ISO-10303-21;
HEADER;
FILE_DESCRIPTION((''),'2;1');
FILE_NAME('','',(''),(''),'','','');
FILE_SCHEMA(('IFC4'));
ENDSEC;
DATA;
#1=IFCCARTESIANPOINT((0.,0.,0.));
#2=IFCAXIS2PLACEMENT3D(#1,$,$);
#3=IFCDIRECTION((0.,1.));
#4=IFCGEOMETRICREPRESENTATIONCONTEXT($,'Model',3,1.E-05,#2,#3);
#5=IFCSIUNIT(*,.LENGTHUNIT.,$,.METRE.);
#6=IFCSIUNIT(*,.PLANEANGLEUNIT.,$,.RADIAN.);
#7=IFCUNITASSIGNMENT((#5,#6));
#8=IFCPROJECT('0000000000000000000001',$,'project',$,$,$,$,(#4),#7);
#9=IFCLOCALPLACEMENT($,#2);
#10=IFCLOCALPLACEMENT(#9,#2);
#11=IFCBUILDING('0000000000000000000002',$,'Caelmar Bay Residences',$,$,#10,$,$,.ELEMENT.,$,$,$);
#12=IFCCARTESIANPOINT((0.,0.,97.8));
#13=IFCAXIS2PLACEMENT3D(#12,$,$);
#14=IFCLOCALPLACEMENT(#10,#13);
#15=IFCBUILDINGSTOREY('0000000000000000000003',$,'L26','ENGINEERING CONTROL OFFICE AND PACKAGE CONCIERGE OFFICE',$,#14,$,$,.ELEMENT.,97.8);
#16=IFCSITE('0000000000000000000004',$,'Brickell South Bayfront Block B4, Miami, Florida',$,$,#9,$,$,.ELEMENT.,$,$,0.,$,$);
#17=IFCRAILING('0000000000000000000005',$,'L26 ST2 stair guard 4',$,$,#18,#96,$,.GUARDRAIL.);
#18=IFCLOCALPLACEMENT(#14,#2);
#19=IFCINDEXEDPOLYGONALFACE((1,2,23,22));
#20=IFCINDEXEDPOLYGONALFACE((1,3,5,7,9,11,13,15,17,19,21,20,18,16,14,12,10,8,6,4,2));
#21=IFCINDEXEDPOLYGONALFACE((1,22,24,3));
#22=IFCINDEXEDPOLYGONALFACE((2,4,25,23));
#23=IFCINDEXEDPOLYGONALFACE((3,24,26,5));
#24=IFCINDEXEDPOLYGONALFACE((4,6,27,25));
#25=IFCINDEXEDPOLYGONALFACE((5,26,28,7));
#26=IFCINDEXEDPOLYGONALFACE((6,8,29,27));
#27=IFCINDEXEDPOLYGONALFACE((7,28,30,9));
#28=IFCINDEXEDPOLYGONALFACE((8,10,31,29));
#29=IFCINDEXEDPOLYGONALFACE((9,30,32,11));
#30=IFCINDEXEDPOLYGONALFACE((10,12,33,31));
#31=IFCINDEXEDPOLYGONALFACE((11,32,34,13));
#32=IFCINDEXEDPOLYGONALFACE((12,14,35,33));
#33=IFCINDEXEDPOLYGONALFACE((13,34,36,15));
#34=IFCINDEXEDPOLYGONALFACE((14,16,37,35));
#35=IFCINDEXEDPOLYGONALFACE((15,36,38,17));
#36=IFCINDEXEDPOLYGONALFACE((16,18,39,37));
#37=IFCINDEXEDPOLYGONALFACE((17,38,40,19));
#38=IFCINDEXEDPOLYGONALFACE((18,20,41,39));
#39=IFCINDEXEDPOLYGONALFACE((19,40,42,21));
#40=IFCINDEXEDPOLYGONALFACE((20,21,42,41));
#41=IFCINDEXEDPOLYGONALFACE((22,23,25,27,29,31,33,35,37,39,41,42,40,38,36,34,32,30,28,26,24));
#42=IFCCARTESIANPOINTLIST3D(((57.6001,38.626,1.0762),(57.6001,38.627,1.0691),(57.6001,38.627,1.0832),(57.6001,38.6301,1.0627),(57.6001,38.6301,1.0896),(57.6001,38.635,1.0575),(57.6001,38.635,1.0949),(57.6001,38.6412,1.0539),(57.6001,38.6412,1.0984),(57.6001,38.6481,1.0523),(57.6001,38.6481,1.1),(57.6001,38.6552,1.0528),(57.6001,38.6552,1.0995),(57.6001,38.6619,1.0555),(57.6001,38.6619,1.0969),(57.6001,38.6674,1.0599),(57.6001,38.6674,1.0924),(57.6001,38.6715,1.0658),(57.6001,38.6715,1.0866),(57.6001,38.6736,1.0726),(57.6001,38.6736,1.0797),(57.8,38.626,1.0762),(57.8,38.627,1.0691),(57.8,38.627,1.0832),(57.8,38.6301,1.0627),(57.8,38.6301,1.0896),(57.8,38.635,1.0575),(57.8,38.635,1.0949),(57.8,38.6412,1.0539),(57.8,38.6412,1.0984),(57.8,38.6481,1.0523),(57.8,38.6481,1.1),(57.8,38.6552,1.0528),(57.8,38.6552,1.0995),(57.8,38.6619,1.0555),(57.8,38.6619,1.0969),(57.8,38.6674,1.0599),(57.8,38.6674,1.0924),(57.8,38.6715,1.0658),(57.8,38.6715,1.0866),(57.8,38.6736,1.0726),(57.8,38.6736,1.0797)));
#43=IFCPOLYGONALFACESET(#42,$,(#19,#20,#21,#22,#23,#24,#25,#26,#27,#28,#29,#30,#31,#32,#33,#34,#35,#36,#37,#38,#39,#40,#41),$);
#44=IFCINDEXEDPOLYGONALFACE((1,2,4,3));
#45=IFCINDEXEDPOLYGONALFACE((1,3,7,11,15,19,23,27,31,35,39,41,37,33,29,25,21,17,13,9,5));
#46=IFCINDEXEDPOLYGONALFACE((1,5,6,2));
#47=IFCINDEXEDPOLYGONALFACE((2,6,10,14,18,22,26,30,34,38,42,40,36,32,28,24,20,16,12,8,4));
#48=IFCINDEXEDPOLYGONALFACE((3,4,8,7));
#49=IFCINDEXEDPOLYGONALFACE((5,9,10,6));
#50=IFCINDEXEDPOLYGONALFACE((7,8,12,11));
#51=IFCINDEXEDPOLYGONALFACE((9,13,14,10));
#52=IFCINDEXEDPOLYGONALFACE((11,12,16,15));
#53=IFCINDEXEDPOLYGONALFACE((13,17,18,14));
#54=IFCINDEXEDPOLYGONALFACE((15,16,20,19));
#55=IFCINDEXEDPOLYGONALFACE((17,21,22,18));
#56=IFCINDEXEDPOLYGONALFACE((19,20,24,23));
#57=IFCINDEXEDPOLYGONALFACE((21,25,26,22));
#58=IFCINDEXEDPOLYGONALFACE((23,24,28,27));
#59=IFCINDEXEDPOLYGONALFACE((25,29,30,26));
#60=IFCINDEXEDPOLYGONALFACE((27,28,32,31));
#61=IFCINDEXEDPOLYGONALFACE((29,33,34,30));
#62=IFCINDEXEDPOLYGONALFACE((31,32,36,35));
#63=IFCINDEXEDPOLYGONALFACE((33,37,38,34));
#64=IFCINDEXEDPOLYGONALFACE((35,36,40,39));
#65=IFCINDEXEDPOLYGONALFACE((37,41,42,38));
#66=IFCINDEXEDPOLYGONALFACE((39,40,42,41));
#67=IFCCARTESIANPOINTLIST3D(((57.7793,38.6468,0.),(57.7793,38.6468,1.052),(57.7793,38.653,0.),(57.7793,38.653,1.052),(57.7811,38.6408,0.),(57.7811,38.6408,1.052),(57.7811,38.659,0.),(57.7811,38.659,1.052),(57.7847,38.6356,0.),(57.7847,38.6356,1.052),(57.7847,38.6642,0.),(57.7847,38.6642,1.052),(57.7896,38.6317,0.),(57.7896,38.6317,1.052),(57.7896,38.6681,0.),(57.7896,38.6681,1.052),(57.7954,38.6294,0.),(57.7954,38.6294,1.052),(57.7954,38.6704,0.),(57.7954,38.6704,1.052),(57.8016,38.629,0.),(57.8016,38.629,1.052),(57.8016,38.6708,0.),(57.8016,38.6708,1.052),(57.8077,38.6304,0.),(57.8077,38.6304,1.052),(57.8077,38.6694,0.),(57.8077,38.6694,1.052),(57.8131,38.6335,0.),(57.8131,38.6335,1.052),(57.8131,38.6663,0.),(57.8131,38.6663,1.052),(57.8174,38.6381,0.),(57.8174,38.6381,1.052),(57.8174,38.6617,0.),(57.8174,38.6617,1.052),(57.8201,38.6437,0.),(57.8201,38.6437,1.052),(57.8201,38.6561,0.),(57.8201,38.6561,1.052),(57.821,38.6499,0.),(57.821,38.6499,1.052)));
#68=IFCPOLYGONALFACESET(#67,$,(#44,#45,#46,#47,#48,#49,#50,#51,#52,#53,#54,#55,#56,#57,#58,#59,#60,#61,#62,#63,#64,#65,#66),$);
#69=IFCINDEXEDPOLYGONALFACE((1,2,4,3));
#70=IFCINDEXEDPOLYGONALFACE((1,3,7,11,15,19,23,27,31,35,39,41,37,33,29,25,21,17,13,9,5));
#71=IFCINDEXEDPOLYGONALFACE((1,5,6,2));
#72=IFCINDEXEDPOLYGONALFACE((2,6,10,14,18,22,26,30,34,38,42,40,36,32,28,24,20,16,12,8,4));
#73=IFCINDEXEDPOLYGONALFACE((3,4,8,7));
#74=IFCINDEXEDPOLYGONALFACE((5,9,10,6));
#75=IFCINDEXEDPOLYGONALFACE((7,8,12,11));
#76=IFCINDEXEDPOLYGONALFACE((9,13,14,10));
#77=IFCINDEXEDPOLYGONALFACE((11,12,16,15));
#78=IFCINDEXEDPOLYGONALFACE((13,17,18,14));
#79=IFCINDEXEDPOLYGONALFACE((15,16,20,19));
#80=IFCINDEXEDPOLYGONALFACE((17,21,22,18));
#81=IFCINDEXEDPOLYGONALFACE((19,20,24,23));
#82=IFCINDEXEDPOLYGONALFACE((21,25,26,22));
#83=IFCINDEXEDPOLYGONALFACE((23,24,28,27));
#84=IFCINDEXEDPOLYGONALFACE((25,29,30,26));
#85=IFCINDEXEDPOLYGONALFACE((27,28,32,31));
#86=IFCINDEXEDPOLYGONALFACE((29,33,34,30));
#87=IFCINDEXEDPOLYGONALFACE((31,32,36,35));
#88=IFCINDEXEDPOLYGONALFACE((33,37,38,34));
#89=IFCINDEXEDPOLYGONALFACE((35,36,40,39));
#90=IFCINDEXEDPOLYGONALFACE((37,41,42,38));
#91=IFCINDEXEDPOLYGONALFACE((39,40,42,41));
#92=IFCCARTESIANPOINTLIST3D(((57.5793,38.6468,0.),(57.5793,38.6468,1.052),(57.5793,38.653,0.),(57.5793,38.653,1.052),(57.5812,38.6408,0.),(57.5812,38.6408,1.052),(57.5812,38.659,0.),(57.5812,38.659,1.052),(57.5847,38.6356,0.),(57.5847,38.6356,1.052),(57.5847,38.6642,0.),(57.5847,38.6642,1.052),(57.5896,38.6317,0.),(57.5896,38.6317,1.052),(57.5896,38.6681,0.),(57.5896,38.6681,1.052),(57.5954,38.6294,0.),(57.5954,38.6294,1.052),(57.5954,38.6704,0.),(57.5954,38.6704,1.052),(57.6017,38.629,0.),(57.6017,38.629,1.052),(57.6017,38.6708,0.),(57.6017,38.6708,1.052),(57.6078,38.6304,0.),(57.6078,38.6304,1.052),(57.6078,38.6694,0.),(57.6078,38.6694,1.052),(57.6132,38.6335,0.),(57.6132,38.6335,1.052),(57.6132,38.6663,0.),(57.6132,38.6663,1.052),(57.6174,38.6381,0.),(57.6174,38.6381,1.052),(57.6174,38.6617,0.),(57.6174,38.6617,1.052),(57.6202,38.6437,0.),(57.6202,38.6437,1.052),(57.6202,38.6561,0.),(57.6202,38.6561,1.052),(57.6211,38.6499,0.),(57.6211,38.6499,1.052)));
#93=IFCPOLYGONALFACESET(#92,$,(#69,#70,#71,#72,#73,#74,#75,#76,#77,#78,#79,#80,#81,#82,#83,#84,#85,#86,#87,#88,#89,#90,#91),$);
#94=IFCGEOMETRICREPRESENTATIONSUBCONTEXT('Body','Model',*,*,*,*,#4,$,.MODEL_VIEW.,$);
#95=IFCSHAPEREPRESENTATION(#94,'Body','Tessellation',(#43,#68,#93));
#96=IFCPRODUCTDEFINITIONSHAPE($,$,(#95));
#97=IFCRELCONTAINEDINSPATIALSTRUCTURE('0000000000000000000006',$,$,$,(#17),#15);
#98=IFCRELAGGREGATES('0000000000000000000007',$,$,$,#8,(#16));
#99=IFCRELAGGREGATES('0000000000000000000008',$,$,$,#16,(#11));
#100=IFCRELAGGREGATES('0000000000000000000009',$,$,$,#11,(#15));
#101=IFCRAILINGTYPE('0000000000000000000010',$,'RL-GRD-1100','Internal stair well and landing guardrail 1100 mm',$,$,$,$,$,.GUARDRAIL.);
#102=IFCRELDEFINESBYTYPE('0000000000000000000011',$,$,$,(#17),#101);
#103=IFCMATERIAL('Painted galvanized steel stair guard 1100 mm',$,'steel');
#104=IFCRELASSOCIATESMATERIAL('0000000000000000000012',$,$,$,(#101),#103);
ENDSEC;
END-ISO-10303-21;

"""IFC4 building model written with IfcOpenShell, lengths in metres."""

from ifc_helpers import new_model, si_unit, direction, frame, origin, origin_2d, place, context, subcontext, project, spatial, circle, extrude, material, type_object, element, save


model = new_model("IFC4")

# Units and contexts
model_context = context("Model", 3, precision=1e-05, world=origin(), true_north=direction((0.0, 1.0)))
body_context = subcontext(model_context, "Body", "Model", "MODEL_VIEW")
ifc_project = project(units=[si_unit("LENGTHUNIT", "METRE"), si_unit("PLANEANGLEUNIT", "RADIAN")], contexts=[model_context])

# Site, building, storey
site_placement = place(None, origin())
site = spatial("IfcSite", under=ifc_project, at=site_placement, Name="Brickell South Bayfront Block B4, Miami, Florida", CompositionType="ELEMENT", RefElevation=0.0)
building_placement = place(site_placement, origin())
building = spatial("IfcBuilding", under=site, at=building_placement, Name="Caelmar Bay Residences", CompositionType="ELEMENT")
storey_placement = place(building_placement, frame((0.0, 0.0, 97.8)))
storey = spatial("IfcBuildingStorey", under=building, at=storey_placement, Name="L26", Description="ENGINEERING CONTROL OFFICE AND PACKAGE CONCIERGE OFFICE", CompositionType="ELEMENT", Elevation=97.8)

# Railing
ifc_material_1 = material(Name="Painted galvanized steel stair guard 1100 mm", Category="steel")
railing_type_1 = type_object("IfcRailingType", Name="RL-GRD-1100", Description="Internal stair well and landing guardrail 1100 mm", PredefinedType="GUARDRAIL", material=ifc_material_1)
railing_1_placement = place(storey_placement, frame((57.8, 38.6499, 0.0)))
element("IfcRailing", 1, at=railing_1_placement, inside=storey, type_object=railing_type_1, Name="L26 ST2 stair guard 4", PredefinedType="GUARDRAIL", context=body_context, shape_type="SweptSolid", body=[
    extrude(circle(Radius=0.0239, at=origin_2d()), frame((0.0, 0.0, 1.0762), z_axis=(-1.0, 0.0, 0.0), x_axis=(0.0, -1.0, 0.0)), (0.0, 0.0, 1.0), 0.2),
    extrude(circle(Radius=0.021, at=origin_2d()), origin(), (0.0, 0.0, 1.0), 1.052),
    extrude(circle(Radius=0.021, at=origin_2d()), frame((-0.2, 0.0, 0.0)), (0.0, 0.0, 1.0), 1.052),
])

save(model, "model.ifc")
